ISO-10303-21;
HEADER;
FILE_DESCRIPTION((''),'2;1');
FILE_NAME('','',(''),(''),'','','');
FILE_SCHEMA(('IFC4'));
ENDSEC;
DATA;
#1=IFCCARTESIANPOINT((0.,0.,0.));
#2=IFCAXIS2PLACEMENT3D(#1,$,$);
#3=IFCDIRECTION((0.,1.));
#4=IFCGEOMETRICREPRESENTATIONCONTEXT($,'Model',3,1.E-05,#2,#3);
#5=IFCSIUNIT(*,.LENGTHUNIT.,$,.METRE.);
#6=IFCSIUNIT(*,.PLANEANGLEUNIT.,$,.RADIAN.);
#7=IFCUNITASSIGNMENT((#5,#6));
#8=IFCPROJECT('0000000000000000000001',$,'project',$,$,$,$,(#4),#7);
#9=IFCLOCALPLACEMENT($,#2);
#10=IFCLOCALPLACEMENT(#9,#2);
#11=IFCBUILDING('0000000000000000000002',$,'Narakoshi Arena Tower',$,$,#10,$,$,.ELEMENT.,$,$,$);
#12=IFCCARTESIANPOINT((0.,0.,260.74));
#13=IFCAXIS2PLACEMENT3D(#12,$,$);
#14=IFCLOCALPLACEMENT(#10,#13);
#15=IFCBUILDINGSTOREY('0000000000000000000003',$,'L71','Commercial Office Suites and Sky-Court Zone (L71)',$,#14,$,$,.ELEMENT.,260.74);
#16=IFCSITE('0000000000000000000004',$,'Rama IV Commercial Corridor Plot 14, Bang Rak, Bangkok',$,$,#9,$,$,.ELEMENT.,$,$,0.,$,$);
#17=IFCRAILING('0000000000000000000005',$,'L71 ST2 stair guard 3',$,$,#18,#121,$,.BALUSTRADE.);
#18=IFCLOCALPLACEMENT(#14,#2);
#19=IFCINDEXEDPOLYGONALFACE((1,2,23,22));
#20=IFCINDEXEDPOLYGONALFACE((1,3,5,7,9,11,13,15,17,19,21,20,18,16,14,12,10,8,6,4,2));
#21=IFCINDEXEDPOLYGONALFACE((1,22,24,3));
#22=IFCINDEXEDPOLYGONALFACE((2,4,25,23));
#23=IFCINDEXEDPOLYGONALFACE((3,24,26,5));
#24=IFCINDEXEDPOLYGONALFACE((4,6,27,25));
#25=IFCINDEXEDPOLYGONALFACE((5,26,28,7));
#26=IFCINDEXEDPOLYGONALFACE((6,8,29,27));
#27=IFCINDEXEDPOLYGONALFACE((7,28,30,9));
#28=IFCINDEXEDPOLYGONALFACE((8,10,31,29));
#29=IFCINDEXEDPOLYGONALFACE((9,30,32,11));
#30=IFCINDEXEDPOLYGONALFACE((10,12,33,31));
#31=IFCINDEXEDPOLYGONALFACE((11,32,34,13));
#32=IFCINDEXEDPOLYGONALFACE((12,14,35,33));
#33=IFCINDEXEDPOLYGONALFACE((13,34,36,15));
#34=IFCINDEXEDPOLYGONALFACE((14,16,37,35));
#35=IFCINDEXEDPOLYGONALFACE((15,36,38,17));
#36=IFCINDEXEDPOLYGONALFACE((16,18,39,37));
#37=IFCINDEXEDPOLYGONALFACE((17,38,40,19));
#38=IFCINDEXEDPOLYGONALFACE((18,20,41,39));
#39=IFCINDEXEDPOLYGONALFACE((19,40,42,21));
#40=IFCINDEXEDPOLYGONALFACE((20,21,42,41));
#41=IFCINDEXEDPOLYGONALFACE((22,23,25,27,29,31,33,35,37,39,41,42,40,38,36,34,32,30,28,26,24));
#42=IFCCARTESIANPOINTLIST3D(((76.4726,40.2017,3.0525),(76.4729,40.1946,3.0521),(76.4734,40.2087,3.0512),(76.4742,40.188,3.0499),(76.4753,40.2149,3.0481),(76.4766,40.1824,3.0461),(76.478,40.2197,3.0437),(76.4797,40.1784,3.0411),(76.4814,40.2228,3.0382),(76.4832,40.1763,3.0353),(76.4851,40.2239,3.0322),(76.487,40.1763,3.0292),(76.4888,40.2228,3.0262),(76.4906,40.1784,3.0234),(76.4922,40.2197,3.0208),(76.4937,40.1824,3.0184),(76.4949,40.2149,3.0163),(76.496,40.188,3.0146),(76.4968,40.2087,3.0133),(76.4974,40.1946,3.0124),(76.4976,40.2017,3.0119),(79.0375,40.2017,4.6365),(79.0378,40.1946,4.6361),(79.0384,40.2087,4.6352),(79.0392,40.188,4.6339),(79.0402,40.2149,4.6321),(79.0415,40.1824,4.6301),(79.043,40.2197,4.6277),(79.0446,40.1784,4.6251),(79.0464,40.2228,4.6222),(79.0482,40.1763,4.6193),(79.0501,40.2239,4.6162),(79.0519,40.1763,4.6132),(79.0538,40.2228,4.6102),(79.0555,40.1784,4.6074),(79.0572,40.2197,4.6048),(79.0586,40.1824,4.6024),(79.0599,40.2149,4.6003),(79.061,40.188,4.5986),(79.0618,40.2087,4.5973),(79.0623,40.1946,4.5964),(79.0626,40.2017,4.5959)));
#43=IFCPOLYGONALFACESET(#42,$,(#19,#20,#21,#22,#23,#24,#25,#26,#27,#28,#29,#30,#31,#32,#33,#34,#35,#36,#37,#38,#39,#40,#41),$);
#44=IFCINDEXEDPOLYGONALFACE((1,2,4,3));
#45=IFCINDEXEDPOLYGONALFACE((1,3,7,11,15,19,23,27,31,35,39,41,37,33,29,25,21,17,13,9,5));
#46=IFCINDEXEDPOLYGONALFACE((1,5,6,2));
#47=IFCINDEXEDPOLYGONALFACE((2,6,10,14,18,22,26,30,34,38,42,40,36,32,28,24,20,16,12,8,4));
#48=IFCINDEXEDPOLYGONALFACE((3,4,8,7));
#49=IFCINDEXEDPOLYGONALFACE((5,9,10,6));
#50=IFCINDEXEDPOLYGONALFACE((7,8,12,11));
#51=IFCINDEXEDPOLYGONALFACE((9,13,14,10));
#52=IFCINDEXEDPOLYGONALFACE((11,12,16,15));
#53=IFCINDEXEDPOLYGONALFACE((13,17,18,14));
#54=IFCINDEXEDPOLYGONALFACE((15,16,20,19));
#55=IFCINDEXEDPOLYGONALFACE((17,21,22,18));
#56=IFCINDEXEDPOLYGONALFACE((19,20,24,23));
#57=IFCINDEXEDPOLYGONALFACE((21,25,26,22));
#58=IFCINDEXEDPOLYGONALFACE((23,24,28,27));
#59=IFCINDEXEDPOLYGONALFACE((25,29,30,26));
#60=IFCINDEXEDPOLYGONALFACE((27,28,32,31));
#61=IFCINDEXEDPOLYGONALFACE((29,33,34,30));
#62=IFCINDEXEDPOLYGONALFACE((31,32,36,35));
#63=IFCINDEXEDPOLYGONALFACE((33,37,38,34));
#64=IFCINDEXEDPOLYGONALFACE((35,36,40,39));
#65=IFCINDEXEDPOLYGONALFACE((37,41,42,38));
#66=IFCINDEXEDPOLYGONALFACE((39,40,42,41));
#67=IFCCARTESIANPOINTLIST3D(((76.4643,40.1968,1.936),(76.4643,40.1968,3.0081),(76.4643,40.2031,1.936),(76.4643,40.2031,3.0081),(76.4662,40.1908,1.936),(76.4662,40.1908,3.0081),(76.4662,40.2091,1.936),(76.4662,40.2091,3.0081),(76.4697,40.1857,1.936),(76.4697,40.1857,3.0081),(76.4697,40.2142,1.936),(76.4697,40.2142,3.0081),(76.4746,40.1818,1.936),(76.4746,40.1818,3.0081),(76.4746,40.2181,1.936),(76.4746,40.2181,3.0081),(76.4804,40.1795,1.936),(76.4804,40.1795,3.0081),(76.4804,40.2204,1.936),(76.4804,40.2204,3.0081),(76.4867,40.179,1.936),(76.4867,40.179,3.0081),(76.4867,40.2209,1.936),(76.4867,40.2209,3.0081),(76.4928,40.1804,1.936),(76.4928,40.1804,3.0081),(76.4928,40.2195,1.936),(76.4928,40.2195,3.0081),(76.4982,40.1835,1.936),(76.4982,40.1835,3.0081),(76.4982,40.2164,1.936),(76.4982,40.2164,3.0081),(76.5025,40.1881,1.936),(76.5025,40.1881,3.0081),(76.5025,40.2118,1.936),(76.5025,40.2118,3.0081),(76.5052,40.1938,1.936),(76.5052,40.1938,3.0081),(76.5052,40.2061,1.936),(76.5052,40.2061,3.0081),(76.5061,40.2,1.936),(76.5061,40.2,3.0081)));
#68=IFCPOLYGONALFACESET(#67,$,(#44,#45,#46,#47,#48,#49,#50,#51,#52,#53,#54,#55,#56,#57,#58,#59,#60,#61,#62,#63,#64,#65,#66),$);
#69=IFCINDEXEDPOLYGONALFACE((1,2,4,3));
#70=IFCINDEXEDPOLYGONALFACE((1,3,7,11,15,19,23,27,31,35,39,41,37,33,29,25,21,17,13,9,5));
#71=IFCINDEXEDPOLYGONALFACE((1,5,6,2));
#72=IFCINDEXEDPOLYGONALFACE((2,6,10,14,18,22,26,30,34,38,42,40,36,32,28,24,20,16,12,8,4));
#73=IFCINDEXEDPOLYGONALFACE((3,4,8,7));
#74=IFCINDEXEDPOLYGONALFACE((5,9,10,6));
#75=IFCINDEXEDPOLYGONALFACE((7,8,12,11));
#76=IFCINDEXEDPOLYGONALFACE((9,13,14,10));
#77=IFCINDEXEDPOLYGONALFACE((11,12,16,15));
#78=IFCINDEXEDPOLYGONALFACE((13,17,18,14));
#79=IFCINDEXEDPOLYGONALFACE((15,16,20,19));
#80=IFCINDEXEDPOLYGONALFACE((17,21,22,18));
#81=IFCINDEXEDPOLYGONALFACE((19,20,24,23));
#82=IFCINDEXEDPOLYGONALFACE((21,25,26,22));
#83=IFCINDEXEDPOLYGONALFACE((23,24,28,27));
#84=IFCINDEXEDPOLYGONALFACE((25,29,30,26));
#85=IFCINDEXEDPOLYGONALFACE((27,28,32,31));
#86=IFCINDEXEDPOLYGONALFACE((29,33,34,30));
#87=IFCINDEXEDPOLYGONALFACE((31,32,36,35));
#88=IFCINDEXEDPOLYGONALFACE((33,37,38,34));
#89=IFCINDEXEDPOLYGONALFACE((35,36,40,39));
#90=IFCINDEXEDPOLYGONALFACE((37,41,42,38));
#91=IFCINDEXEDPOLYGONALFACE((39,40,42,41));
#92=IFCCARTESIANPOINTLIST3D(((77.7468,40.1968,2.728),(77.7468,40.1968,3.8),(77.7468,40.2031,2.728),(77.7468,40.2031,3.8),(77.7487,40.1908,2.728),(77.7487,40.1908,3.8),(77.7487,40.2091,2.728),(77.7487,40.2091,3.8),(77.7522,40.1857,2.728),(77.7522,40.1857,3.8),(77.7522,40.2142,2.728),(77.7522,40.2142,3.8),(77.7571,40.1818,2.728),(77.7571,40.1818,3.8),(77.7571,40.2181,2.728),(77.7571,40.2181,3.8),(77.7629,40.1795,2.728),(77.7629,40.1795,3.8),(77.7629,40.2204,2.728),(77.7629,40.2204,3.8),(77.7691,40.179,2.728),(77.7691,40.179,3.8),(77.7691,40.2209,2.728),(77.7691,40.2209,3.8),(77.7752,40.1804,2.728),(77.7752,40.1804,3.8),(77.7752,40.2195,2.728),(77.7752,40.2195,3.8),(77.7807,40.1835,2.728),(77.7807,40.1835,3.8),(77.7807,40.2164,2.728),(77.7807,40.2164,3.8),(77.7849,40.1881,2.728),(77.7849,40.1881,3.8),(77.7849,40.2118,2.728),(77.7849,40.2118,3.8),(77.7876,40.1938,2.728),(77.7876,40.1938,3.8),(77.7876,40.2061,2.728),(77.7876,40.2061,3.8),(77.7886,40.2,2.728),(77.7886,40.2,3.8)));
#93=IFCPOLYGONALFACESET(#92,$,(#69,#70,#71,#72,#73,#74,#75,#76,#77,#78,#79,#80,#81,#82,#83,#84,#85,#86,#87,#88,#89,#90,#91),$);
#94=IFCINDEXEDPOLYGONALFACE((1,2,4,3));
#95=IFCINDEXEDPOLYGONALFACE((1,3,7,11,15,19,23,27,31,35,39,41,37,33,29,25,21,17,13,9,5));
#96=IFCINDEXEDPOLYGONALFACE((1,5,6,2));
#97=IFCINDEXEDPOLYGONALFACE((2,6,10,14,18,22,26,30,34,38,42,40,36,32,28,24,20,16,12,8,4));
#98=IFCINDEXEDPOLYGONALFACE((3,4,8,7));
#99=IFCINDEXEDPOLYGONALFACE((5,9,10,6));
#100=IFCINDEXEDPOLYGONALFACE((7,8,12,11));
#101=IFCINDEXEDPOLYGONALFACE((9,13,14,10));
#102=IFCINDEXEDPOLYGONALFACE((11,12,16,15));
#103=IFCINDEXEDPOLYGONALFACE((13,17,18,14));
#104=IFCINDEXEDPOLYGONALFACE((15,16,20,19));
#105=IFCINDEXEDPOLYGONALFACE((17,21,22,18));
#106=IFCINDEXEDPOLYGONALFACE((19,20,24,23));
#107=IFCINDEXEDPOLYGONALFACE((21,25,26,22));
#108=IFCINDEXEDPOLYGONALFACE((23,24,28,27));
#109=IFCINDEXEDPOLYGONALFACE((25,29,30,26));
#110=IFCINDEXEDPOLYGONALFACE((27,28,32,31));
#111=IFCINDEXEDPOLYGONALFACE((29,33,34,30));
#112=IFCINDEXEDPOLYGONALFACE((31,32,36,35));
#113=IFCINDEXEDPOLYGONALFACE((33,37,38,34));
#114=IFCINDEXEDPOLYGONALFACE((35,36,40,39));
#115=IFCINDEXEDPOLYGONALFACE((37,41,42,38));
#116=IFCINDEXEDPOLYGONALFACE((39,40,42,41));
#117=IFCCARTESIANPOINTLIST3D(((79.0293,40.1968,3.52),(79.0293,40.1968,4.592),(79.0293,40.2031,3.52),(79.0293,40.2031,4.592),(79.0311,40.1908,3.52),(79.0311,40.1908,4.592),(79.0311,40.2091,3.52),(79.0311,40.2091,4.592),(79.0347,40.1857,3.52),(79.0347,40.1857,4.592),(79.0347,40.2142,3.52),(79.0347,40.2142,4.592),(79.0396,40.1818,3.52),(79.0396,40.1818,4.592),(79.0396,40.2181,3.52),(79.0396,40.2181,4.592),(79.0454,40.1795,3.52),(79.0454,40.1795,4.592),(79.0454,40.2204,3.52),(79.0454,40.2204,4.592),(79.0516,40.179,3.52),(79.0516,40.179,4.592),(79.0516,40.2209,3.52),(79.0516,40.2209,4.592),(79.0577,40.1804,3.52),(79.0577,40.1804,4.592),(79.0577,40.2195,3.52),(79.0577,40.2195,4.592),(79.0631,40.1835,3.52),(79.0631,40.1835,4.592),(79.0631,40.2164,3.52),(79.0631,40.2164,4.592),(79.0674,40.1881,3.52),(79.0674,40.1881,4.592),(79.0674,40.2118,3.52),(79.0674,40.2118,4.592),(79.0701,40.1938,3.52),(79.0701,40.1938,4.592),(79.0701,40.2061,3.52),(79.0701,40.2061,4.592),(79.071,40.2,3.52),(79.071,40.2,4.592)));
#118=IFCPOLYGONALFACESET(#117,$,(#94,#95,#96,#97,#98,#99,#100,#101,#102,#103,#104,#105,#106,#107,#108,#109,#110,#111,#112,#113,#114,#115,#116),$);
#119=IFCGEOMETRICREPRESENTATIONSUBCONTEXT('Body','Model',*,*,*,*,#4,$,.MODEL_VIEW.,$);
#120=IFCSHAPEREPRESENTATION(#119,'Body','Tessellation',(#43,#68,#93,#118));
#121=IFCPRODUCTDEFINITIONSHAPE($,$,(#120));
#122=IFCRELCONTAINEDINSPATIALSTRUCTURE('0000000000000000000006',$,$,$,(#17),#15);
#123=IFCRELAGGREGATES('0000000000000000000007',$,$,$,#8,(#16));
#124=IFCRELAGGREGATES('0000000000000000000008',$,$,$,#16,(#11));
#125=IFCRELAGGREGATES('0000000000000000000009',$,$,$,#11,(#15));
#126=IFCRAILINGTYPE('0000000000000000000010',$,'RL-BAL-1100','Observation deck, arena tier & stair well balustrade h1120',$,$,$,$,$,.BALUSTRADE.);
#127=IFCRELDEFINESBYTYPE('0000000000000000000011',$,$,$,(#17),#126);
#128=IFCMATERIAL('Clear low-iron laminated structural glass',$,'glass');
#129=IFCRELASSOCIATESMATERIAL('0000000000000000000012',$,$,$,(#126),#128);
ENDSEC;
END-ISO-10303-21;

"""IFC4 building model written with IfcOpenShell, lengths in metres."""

from ifc_helpers import new_model, si_unit, direction, frame, origin, origin_2d, place, context, subcontext, project, spatial, circle, extrude, material, type_object, element, save


model = new_model("IFC4")

# Units and contexts
model_context = context("Model", 3, precision=1e-05, world=origin(), true_north=direction((0.0, 1.0)))
body_context = subcontext(model_context, "Body", "Model", "MODEL_VIEW")
ifc_project = project(units=[si_unit("LENGTHUNIT", "METRE"), si_unit("PLANEANGLEUNIT", "RADIAN")], contexts=[model_context])

# Site, building, storey
site_placement = place(None, origin())
site = spatial("IfcSite", under=ifc_project, at=site_placement, Name="Rama IV Commercial Corridor Plot 14, Bang Rak, Bangkok", CompositionType="ELEMENT", RefElevation=0.0)
building_placement = place(site_placement, origin())
building = spatial("IfcBuilding", under=site, at=building_placement, Name="Narakoshi Arena Tower", CompositionType="ELEMENT")
storey_placement = place(building_placement, frame((0.0, 0.0, 260.74)))
storey = spatial("IfcBuildingStorey", under=building, at=storey_placement, Name="L71", Description="Commercial Office Suites and Sky-Court Zone (L71)", CompositionType="ELEMENT", Elevation=260.74)

# Railing
ifc_material_1 = material(Name="Clear low-iron laminated structural glass", Category="glass")
railing_type_1 = type_object("IfcRailingType", Name="RL-BAL-1100", Description="Observation deck, arena tier & stair well balustrade h1120", PredefinedType="BALUSTRADE", material=ifc_material_1)
railing_1_placement = place(storey_placement, frame((76.4851, 40.2, 1.936)))
element("IfcRailing", 1, at=railing_1_placement, inside=storey, type_object=railing_type_1, Name="L71 ST2 stair guard 3", PredefinedType="BALUSTRADE", context=body_context, shape_type="SweptSolid", body=[
    extrude(circle(Radius=0.0239, at=origin_2d()), frame((0.0, 0.0, 1.0962), z_axis=(0.850834, 0.0, 0.525434), x_axis=(0.0, 1.0, 0.0)), (0.0, 0.0, 1.0), 3.0146),
    extrude(circle(Radius=0.021, at=origin_2d()), origin(), (0.0, 0.0, 1.0), 1.072),
    extrude(circle(Radius=0.021, at=origin_2d()), frame((1.2825, 0.0, 0.792)), (0.0, 0.0, 1.0), 1.072),
    extrude(circle(Radius=0.021, at=origin_2d()), frame((2.5649, 0.0, 1.584)), (0.0, 0.0, 1.0), 1.072),
])

save(model, "model.ifc")
